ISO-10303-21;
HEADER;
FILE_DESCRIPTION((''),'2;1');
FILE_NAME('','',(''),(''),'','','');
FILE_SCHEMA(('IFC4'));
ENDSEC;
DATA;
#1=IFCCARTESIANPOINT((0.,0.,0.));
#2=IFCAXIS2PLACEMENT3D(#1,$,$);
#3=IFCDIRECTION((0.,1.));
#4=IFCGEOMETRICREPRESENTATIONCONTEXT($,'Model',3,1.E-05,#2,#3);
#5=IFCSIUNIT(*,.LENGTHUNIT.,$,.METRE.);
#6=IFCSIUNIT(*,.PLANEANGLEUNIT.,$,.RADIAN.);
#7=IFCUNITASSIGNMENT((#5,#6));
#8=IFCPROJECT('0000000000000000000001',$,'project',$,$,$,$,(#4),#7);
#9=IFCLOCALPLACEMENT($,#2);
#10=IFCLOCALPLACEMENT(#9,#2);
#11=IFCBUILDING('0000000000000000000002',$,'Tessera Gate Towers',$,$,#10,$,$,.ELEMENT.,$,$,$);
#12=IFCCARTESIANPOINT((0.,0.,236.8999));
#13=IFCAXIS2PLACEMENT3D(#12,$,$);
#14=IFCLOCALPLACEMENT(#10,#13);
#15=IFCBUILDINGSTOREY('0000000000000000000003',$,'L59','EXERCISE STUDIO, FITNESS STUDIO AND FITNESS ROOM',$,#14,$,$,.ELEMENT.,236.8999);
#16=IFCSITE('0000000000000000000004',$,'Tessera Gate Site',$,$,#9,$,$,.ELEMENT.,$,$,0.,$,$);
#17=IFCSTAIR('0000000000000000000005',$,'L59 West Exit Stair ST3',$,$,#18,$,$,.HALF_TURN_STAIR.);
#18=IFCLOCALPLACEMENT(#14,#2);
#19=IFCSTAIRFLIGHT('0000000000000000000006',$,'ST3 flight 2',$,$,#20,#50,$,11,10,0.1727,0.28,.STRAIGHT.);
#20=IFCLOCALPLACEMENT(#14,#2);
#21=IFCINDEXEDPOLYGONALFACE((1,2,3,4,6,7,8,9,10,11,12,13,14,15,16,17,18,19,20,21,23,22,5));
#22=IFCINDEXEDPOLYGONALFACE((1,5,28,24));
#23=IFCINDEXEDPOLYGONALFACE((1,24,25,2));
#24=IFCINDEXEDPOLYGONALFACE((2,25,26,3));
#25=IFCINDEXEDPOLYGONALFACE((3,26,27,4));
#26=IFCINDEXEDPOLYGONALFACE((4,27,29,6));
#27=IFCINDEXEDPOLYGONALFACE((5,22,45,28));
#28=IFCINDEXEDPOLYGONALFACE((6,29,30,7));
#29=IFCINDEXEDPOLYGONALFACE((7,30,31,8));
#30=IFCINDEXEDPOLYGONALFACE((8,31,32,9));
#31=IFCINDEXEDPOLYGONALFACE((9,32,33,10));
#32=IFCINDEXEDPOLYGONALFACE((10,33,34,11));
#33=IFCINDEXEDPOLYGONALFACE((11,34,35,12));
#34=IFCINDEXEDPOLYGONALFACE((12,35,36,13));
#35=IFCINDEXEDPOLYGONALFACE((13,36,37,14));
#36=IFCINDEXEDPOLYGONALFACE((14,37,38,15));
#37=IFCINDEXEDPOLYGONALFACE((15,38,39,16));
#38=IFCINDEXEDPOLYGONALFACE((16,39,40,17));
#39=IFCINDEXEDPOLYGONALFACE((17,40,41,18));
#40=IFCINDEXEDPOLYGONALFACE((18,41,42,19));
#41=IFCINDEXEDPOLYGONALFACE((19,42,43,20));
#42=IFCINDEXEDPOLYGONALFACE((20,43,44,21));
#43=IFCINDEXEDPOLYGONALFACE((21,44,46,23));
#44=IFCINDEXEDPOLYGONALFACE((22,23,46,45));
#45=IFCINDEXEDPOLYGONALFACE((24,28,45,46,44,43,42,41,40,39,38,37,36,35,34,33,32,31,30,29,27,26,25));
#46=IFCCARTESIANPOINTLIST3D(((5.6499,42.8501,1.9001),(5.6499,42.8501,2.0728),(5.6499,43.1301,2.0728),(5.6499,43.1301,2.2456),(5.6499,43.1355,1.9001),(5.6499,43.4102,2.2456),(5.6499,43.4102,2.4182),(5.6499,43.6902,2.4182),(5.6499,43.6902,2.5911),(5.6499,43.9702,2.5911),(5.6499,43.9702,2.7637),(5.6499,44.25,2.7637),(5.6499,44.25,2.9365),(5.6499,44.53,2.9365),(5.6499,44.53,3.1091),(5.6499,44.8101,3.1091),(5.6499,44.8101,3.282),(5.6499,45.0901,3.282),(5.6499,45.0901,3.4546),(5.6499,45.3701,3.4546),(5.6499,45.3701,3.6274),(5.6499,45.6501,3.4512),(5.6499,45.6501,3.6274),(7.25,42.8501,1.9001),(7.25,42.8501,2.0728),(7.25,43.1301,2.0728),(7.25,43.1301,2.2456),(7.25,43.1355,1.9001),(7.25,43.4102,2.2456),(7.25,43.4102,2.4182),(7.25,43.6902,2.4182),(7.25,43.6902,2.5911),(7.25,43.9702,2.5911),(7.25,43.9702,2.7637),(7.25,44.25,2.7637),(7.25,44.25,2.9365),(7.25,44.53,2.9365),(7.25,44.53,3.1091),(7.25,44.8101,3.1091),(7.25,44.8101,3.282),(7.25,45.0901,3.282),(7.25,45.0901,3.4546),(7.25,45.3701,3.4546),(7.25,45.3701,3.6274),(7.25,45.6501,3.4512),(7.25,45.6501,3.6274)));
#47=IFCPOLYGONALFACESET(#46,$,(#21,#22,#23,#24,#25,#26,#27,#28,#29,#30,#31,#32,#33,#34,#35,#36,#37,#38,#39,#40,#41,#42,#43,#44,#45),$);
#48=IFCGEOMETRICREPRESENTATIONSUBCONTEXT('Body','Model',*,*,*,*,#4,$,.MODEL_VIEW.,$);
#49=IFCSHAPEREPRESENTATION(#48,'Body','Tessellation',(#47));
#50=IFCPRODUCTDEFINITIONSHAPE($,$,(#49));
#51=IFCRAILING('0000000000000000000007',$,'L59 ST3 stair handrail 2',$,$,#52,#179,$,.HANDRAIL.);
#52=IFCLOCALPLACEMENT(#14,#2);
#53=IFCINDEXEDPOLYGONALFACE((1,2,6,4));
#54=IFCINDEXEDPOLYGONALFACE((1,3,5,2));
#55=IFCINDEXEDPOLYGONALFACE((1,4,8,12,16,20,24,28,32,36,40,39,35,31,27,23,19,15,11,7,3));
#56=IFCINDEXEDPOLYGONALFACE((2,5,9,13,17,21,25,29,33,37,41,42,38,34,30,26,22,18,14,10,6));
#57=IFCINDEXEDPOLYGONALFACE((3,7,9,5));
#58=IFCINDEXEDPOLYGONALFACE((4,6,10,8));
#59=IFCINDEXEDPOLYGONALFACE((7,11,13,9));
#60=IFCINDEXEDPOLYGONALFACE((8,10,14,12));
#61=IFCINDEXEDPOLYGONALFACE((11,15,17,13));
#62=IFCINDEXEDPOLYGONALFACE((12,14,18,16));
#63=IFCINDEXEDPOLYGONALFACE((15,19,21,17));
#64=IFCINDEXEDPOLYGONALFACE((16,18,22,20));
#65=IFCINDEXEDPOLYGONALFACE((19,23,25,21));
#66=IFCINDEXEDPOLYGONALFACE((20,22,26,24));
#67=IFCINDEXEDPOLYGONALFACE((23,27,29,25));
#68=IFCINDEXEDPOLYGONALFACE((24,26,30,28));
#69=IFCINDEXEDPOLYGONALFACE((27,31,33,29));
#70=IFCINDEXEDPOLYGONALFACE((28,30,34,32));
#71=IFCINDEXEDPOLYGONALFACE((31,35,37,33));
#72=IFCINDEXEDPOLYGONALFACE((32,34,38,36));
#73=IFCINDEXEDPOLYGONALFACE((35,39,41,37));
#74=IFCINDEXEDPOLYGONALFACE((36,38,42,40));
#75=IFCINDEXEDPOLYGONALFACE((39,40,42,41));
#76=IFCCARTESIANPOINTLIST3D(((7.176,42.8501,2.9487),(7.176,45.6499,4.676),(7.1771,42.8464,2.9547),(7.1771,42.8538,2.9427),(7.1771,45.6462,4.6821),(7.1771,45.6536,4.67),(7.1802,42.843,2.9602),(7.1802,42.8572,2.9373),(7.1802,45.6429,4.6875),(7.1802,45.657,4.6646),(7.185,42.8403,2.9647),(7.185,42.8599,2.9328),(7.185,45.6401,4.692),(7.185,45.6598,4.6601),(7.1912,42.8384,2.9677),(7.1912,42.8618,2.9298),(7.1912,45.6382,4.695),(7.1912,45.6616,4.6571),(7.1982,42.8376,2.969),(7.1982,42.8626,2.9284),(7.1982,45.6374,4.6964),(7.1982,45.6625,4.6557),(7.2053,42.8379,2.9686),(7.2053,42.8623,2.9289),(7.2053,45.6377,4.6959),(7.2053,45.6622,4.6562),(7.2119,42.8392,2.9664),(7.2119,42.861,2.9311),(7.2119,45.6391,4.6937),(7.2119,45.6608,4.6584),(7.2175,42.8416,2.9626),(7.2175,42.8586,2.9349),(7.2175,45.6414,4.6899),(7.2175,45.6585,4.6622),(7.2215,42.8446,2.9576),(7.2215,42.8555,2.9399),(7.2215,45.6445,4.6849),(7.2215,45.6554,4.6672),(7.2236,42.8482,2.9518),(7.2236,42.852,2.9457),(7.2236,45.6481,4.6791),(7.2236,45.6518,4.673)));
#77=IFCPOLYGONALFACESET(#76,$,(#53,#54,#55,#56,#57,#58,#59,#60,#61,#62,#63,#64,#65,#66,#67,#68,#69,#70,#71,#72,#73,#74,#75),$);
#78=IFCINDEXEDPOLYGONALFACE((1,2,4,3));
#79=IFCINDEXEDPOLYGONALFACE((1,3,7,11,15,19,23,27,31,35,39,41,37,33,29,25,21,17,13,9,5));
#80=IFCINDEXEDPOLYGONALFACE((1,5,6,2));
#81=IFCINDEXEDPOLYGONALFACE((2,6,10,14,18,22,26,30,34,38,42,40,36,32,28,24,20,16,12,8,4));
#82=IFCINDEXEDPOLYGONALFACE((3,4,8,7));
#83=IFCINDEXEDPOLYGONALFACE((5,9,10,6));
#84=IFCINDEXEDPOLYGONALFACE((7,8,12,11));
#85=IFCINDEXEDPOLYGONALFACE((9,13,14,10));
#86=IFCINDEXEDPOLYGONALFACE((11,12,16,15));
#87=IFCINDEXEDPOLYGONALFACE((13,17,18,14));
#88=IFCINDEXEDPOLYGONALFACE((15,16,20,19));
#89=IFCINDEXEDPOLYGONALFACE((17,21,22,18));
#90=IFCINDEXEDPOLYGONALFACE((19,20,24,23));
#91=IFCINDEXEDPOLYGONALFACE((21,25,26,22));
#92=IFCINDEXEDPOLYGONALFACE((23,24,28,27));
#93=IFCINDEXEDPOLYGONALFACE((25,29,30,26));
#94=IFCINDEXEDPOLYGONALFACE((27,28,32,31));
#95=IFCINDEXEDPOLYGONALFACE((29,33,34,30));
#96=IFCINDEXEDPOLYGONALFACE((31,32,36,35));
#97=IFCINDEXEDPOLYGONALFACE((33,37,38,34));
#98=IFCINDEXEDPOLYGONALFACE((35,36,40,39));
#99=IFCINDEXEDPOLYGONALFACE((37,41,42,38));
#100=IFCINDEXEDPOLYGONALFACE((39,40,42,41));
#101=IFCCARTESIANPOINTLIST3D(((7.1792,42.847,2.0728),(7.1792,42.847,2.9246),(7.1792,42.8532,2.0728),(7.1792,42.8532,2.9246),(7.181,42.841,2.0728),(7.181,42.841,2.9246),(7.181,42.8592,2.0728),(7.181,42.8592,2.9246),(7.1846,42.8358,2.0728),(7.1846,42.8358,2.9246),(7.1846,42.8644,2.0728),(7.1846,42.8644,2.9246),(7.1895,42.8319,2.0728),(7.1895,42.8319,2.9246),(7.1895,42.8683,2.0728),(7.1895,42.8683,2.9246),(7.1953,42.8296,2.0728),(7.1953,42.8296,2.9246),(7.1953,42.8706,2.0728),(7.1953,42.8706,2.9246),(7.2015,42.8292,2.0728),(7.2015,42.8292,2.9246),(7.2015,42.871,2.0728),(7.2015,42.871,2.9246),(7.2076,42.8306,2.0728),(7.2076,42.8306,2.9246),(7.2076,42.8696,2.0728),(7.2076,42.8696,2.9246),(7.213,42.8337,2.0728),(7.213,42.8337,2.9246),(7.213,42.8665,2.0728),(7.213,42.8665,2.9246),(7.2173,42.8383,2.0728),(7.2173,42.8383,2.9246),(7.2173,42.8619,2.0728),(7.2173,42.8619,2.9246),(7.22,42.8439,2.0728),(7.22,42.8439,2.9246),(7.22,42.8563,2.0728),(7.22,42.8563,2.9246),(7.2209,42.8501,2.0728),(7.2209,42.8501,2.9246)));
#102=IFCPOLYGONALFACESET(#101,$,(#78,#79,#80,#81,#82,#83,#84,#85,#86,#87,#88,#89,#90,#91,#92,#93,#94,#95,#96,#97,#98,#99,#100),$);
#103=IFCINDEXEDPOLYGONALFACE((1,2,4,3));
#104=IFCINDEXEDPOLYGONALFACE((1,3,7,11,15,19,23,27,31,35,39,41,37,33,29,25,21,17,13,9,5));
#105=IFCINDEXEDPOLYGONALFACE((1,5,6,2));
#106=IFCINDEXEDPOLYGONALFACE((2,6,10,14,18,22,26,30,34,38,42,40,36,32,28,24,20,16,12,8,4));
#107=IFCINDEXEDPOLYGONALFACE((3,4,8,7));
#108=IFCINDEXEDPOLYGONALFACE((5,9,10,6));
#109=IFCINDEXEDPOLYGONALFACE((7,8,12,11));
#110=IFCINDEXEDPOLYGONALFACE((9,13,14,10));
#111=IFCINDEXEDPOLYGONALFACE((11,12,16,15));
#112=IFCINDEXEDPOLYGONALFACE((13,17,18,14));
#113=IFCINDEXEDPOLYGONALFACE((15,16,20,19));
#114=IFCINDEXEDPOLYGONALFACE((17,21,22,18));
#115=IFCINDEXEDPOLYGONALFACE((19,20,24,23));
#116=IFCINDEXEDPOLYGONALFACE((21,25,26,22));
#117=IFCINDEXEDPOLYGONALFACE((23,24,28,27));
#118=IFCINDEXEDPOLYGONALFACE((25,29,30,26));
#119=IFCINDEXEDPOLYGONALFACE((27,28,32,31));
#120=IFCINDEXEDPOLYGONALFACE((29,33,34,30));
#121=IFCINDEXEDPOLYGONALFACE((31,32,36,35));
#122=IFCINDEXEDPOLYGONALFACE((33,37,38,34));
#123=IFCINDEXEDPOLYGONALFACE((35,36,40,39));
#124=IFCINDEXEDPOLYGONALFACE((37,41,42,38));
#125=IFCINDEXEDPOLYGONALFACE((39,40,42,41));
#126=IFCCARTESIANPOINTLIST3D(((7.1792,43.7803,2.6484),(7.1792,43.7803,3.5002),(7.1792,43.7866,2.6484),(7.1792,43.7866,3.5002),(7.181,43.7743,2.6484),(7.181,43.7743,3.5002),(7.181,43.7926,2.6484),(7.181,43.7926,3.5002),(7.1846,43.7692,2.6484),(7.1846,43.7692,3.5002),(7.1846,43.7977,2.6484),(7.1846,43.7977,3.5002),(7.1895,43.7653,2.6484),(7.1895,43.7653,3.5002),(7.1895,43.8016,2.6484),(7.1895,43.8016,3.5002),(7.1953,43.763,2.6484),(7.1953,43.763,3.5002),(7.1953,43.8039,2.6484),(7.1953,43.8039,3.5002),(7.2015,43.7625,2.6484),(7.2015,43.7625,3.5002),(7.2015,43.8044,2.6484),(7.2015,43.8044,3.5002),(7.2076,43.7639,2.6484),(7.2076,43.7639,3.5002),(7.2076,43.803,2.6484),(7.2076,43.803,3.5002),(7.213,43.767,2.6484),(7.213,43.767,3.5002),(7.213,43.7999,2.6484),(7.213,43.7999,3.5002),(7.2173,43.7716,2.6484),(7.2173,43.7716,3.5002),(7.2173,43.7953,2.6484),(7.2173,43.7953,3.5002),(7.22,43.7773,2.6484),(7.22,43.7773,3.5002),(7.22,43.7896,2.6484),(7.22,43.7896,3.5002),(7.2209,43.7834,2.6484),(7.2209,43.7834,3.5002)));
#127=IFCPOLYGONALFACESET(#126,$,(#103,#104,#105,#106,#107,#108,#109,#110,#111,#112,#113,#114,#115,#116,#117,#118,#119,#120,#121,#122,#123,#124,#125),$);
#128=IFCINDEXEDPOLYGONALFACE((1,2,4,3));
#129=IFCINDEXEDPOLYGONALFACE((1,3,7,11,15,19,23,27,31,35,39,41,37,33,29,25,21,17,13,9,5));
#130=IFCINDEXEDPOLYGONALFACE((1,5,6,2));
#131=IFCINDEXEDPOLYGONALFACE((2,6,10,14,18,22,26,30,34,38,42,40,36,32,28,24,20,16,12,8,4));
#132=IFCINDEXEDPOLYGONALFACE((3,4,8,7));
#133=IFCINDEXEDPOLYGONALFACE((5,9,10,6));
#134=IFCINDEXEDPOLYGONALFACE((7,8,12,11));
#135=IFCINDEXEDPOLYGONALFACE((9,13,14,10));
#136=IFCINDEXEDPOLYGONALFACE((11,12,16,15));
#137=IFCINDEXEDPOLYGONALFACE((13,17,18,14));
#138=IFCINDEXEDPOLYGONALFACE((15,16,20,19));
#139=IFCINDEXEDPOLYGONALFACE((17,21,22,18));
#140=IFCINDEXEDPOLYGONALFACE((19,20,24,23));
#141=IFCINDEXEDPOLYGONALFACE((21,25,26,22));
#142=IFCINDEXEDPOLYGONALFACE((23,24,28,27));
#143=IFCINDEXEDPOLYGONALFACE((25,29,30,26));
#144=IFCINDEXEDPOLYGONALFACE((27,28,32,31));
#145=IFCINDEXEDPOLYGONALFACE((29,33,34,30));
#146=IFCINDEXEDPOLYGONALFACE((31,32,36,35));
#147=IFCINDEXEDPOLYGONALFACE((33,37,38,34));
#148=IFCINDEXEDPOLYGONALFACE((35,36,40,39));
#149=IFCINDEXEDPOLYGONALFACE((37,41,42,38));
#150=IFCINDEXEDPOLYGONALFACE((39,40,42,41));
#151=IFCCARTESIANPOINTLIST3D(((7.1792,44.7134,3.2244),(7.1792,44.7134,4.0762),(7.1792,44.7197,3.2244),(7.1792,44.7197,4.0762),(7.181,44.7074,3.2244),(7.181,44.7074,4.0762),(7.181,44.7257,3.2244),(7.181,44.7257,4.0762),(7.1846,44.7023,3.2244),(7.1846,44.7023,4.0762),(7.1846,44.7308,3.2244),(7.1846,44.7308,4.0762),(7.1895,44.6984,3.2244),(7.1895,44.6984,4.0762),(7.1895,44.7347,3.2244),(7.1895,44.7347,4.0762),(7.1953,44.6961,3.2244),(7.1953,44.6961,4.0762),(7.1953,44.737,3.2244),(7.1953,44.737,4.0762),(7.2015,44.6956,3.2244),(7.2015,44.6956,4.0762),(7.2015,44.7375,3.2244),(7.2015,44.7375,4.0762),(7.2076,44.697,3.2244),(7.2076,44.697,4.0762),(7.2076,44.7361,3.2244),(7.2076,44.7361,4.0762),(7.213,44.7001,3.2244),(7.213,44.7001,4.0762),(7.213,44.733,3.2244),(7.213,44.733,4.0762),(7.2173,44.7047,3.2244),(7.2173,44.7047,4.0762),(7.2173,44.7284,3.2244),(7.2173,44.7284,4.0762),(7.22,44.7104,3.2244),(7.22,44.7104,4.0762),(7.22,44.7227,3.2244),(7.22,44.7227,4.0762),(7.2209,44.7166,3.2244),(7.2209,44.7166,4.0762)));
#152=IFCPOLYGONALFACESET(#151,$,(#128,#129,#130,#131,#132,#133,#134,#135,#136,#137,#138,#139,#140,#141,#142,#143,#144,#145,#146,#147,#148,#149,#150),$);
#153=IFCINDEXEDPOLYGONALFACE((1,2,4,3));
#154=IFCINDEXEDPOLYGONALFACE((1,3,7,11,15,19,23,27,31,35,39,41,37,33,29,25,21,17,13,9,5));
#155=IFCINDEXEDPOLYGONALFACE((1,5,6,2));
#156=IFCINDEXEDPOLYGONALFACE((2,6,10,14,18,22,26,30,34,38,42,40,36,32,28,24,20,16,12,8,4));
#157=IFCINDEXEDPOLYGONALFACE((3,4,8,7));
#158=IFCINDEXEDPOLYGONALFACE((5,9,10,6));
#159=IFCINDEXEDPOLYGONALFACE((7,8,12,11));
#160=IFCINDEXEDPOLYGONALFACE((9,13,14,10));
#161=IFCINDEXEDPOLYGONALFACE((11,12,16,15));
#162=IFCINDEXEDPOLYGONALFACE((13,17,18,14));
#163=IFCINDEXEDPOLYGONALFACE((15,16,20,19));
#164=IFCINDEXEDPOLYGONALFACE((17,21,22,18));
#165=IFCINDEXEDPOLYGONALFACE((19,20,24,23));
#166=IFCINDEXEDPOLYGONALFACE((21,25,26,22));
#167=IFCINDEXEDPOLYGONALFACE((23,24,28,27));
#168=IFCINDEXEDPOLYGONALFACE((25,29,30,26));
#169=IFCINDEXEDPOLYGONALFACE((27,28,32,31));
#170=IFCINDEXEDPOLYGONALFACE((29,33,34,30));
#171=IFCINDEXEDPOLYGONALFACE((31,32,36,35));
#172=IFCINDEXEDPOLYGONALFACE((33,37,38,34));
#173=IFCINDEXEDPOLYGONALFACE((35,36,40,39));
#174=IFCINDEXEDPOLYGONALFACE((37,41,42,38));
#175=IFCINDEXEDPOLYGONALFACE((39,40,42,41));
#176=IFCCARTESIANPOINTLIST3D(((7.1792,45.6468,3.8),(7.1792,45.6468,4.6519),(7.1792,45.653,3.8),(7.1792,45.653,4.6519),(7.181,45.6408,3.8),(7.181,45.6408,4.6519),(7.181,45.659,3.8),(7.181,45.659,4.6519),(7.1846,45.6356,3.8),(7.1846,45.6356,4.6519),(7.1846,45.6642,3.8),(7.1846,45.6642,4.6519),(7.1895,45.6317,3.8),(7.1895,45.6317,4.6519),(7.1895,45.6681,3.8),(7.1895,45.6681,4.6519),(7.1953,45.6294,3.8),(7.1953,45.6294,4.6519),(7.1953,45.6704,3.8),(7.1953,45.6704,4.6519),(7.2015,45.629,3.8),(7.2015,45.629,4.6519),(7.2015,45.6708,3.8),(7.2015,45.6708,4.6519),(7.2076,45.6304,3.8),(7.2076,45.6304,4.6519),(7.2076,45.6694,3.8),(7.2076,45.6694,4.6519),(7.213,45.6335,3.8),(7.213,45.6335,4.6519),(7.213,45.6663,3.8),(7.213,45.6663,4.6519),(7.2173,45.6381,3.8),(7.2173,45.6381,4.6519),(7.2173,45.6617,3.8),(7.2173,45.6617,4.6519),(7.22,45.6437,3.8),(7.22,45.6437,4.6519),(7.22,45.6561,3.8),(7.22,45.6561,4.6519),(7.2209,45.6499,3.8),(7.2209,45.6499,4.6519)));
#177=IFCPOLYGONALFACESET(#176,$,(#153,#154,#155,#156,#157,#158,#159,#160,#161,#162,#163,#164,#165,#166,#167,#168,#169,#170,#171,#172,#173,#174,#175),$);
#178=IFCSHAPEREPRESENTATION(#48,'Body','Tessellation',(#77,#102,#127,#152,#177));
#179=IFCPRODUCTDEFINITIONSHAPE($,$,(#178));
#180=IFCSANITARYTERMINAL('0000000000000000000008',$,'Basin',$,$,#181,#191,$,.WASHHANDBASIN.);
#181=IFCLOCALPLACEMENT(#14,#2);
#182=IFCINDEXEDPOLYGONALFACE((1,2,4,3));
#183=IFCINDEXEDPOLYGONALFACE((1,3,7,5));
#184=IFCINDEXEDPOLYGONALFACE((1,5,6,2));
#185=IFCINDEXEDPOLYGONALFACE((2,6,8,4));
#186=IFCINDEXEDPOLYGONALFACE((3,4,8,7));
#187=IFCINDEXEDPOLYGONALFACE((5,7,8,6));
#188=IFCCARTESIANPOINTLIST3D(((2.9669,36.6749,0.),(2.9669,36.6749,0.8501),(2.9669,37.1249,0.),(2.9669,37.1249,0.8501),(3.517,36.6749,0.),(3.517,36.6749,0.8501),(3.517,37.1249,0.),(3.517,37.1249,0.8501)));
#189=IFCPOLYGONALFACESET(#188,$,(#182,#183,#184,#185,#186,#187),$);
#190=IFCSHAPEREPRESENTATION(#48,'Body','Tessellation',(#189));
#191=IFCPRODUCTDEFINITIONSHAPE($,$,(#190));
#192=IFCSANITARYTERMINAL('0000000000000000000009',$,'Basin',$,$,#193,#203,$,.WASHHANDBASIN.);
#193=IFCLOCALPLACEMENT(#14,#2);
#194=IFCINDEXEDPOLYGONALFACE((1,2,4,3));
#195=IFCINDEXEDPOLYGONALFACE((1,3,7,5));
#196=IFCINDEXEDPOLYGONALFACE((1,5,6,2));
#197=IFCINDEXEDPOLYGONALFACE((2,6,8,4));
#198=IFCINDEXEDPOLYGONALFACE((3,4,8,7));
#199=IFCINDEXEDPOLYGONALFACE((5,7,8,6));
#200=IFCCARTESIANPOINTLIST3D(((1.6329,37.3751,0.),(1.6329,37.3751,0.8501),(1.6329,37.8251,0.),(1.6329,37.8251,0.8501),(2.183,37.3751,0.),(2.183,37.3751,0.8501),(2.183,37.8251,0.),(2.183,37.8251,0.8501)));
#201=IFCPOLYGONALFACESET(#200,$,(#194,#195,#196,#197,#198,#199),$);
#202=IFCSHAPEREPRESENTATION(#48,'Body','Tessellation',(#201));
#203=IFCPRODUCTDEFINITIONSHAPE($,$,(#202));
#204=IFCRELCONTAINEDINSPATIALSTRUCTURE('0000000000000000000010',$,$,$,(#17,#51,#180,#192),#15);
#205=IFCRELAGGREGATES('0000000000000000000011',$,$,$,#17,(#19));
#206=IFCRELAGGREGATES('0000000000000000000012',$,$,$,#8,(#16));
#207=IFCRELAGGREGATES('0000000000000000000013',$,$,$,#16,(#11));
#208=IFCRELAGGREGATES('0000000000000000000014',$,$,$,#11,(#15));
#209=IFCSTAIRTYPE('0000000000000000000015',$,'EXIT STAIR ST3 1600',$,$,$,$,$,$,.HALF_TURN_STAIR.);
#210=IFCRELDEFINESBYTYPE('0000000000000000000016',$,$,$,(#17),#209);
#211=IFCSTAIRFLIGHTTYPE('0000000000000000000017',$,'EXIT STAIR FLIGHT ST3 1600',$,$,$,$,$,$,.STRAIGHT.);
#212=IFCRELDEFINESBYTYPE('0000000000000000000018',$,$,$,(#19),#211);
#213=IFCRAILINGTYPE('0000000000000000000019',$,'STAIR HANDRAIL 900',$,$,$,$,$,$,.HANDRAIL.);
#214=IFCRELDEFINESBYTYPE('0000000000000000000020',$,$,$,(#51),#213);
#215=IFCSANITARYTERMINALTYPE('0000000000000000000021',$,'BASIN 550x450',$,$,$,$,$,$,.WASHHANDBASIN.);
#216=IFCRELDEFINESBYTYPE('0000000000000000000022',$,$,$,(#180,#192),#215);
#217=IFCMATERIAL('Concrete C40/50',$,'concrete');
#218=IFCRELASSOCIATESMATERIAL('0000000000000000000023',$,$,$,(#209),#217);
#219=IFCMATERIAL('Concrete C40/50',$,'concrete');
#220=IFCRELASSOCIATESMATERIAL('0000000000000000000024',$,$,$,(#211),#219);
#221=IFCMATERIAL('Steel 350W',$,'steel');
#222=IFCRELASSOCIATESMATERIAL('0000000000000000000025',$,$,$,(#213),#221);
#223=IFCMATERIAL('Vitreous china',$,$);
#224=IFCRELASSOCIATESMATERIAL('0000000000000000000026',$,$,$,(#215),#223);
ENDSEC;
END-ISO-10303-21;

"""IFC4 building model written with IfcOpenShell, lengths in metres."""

from ifc_helpers import new_model, si_unit, direction, frame, origin, origin_2d, place, context, subcontext, project, spatial, polyline, rectangle, circle, outline, extrude, material, type_object, element, aggregate, save


model = new_model("IFC4")

# Units and contexts
model_context = context("Model", 3, precision=1e-05, world=origin(), true_north=direction((0.0, 1.0)))
body_context = subcontext(model_context, "Body", "Model", "MODEL_VIEW")
ifc_project = project(units=[si_unit("LENGTHUNIT", "METRE"), si_unit("PLANEANGLEUNIT", "RADIAN")], contexts=[model_context])

# Site, building, storey
site_placement = place(None, origin())
site = spatial("IfcSite", under=ifc_project, at=site_placement, Name="Tessera Gate Site", CompositionType="ELEMENT", RefElevation=0.0)
building_placement = place(site_placement, origin())
building = spatial("IfcBuilding", under=site, at=building_placement, Name="Tessera Gate Towers", CompositionType="ELEMENT")
storey_placement = place(building_placement, frame((0.0, 0.0, 236.8999)))
storey = spatial("IfcBuildingStorey", under=building, at=storey_placement, Name="L59", Description="EXERCISE STUDIO, FITNESS STUDIO AND FITNESS ROOM", CompositionType="ELEMENT", Elevation=236.8999)

# Stair, stair flight
ifc_material_1 = material(Name="Concrete C40/50", Category="concrete")
stair_type = type_object("IfcStairType", Name="EXIT STAIR ST3 1600", PredefinedType="HALF_TURN_STAIR", material=ifc_material_1)
stair_placement = place(storey_placement, origin())
stair = element("IfcStair", 1, at=stair_placement, inside=storey, type_object=stair_type, Name="L59 West Exit Stair ST3", PredefinedType="HALF_TURN_STAIR")
ifc_material_2 = material(Name="Concrete C40/50", Category="concrete")
stair_flight_type = type_object("IfcStairFlightType", Name="EXIT STAIR FLIGHT ST3 1600", PredefinedType="STRAIGHT", material=ifc_material_2)
stair_flight_placement = place(storey_placement, frame((6.45, 42.8501, 1.9001), z_axis=(0.0, 0.0, 1.0), x_axis=(0.0, 1.0, 0.0)))
stair_flight = element("IfcStairFlight", 2, at=stair_flight_placement, type_object=stair_flight_type, Name="ST3 flight 2", NumberOfRisers=11, NumberOfTreads=10, PredefinedType="STRAIGHT", RiserHeight=0.1727, TreadLength=0.28, context=body_context, shape_type="SweptSolid", body=[
    extrude(outline(polyline([(0.0, 0.0), (0.0, 0.1726), (0.28, 0.1726), (0.28, 0.3455), (0.5601, 0.3455), (0.5601, 0.5181), (0.8401, 0.5181), (0.8401, 0.6909), (1.1201, 0.6909), (1.1201, 0.8635), (1.3999, 0.8635), (1.3999, 1.0364), (1.6799, 1.0364), (1.6799, 1.209), (1.96, 1.209), (1.96, 1.3818), (2.24, 1.3818), (2.24, 1.5544), (2.52, 1.5544), (2.52, 1.7273), (2.8, 1.7273), (2.8, 1.8999), (2.8, 1.551), (0.2854, 0.0), (0.0, 0.0)])), frame((0.0, 0.8, 0.0), z_axis=(0.0, -1.0, 0.0), x_axis=(1.0, 0.0, 0.0)), (0.0, 0.0, 1.0), 1.6001),
])
aggregate(stair, [stair_flight])

# Railing
ifc_material_3 = material(Name="Steel 350W", Category="steel")
railing_type = type_object("IfcRailingType", Name="STAIR HANDRAIL 900", PredefinedType="HANDRAIL", material=ifc_material_3)
railing_placement = place(storey_placement, frame((7.2, 42.8501, 2.0728)))
element("IfcRailing", 3, at=railing_placement, inside=storey, type_object=railing_type, Name="L59 ST3 stair handrail 2", PredefinedType="HANDRAIL", context=body_context, shape_type="SweptSolid", body=[
    extrude(circle(Radius=0.0239, at=origin_2d()), frame((0.0, 0.0, 0.876), z_axis=(0.0, 0.851069, 0.525054), x_axis=(-1.0, 0.0, 0.0)), (0.0, 0.0, 1.0), 3.2898),
    extrude(circle(Radius=0.021, at=origin_2d()), origin(), (0.0, 0.0, 1.0), 0.8518),
    extrude(circle(Radius=0.021, at=origin_2d()), frame((0.0, 0.9333, 0.5757)), (0.0, 0.0, 1.0), 0.8518),
    extrude(circle(Radius=0.021, at=origin_2d()), frame((0.0, 1.8665, 1.1516)), (0.0, 0.0, 1.0), 0.8518),
    extrude(circle(Radius=0.021, at=origin_2d()), frame((0.0, 2.7998, 1.7273)), (0.0, 0.0, 1.0), 0.8518),
])

# Sanitary terminals
ifc_material_4 = material(Name="Vitreous china")
sanitary_terminal_type_1 = type_object("IfcSanitaryTerminalType", Name="BASIN 550x450", PredefinedType="WASHHANDBASIN", material=ifc_material_4)
for number, where, z_axis, x_axis, name in (
    (4, (3.2419, 36.8999, 0.0), (0.0, 0.0, 1.0), (1.0, 0.0, 0.0), "Basin"),
    (5, (1.908, 37.6001, 0.0), (0.0, 0.0, 1.0), (1.0, 0.0, 0.0), "Basin"),
):
    element("IfcSanitaryTerminal", number, at=place(storey_placement, frame(where, z_axis=z_axis, x_axis=x_axis)), inside=storey, type_object=sanitary_terminal_type_1, Name=name, PredefinedType="WASHHANDBASIN", context=body_context, shape_type="SweptSolid", body=[
        extrude(rectangle(XDim=0.55, YDim=0.45, at=origin_2d()), origin(), (0.0, 0.0, 1.0), 0.8501),
    ])

save(model, "model.ifc")
